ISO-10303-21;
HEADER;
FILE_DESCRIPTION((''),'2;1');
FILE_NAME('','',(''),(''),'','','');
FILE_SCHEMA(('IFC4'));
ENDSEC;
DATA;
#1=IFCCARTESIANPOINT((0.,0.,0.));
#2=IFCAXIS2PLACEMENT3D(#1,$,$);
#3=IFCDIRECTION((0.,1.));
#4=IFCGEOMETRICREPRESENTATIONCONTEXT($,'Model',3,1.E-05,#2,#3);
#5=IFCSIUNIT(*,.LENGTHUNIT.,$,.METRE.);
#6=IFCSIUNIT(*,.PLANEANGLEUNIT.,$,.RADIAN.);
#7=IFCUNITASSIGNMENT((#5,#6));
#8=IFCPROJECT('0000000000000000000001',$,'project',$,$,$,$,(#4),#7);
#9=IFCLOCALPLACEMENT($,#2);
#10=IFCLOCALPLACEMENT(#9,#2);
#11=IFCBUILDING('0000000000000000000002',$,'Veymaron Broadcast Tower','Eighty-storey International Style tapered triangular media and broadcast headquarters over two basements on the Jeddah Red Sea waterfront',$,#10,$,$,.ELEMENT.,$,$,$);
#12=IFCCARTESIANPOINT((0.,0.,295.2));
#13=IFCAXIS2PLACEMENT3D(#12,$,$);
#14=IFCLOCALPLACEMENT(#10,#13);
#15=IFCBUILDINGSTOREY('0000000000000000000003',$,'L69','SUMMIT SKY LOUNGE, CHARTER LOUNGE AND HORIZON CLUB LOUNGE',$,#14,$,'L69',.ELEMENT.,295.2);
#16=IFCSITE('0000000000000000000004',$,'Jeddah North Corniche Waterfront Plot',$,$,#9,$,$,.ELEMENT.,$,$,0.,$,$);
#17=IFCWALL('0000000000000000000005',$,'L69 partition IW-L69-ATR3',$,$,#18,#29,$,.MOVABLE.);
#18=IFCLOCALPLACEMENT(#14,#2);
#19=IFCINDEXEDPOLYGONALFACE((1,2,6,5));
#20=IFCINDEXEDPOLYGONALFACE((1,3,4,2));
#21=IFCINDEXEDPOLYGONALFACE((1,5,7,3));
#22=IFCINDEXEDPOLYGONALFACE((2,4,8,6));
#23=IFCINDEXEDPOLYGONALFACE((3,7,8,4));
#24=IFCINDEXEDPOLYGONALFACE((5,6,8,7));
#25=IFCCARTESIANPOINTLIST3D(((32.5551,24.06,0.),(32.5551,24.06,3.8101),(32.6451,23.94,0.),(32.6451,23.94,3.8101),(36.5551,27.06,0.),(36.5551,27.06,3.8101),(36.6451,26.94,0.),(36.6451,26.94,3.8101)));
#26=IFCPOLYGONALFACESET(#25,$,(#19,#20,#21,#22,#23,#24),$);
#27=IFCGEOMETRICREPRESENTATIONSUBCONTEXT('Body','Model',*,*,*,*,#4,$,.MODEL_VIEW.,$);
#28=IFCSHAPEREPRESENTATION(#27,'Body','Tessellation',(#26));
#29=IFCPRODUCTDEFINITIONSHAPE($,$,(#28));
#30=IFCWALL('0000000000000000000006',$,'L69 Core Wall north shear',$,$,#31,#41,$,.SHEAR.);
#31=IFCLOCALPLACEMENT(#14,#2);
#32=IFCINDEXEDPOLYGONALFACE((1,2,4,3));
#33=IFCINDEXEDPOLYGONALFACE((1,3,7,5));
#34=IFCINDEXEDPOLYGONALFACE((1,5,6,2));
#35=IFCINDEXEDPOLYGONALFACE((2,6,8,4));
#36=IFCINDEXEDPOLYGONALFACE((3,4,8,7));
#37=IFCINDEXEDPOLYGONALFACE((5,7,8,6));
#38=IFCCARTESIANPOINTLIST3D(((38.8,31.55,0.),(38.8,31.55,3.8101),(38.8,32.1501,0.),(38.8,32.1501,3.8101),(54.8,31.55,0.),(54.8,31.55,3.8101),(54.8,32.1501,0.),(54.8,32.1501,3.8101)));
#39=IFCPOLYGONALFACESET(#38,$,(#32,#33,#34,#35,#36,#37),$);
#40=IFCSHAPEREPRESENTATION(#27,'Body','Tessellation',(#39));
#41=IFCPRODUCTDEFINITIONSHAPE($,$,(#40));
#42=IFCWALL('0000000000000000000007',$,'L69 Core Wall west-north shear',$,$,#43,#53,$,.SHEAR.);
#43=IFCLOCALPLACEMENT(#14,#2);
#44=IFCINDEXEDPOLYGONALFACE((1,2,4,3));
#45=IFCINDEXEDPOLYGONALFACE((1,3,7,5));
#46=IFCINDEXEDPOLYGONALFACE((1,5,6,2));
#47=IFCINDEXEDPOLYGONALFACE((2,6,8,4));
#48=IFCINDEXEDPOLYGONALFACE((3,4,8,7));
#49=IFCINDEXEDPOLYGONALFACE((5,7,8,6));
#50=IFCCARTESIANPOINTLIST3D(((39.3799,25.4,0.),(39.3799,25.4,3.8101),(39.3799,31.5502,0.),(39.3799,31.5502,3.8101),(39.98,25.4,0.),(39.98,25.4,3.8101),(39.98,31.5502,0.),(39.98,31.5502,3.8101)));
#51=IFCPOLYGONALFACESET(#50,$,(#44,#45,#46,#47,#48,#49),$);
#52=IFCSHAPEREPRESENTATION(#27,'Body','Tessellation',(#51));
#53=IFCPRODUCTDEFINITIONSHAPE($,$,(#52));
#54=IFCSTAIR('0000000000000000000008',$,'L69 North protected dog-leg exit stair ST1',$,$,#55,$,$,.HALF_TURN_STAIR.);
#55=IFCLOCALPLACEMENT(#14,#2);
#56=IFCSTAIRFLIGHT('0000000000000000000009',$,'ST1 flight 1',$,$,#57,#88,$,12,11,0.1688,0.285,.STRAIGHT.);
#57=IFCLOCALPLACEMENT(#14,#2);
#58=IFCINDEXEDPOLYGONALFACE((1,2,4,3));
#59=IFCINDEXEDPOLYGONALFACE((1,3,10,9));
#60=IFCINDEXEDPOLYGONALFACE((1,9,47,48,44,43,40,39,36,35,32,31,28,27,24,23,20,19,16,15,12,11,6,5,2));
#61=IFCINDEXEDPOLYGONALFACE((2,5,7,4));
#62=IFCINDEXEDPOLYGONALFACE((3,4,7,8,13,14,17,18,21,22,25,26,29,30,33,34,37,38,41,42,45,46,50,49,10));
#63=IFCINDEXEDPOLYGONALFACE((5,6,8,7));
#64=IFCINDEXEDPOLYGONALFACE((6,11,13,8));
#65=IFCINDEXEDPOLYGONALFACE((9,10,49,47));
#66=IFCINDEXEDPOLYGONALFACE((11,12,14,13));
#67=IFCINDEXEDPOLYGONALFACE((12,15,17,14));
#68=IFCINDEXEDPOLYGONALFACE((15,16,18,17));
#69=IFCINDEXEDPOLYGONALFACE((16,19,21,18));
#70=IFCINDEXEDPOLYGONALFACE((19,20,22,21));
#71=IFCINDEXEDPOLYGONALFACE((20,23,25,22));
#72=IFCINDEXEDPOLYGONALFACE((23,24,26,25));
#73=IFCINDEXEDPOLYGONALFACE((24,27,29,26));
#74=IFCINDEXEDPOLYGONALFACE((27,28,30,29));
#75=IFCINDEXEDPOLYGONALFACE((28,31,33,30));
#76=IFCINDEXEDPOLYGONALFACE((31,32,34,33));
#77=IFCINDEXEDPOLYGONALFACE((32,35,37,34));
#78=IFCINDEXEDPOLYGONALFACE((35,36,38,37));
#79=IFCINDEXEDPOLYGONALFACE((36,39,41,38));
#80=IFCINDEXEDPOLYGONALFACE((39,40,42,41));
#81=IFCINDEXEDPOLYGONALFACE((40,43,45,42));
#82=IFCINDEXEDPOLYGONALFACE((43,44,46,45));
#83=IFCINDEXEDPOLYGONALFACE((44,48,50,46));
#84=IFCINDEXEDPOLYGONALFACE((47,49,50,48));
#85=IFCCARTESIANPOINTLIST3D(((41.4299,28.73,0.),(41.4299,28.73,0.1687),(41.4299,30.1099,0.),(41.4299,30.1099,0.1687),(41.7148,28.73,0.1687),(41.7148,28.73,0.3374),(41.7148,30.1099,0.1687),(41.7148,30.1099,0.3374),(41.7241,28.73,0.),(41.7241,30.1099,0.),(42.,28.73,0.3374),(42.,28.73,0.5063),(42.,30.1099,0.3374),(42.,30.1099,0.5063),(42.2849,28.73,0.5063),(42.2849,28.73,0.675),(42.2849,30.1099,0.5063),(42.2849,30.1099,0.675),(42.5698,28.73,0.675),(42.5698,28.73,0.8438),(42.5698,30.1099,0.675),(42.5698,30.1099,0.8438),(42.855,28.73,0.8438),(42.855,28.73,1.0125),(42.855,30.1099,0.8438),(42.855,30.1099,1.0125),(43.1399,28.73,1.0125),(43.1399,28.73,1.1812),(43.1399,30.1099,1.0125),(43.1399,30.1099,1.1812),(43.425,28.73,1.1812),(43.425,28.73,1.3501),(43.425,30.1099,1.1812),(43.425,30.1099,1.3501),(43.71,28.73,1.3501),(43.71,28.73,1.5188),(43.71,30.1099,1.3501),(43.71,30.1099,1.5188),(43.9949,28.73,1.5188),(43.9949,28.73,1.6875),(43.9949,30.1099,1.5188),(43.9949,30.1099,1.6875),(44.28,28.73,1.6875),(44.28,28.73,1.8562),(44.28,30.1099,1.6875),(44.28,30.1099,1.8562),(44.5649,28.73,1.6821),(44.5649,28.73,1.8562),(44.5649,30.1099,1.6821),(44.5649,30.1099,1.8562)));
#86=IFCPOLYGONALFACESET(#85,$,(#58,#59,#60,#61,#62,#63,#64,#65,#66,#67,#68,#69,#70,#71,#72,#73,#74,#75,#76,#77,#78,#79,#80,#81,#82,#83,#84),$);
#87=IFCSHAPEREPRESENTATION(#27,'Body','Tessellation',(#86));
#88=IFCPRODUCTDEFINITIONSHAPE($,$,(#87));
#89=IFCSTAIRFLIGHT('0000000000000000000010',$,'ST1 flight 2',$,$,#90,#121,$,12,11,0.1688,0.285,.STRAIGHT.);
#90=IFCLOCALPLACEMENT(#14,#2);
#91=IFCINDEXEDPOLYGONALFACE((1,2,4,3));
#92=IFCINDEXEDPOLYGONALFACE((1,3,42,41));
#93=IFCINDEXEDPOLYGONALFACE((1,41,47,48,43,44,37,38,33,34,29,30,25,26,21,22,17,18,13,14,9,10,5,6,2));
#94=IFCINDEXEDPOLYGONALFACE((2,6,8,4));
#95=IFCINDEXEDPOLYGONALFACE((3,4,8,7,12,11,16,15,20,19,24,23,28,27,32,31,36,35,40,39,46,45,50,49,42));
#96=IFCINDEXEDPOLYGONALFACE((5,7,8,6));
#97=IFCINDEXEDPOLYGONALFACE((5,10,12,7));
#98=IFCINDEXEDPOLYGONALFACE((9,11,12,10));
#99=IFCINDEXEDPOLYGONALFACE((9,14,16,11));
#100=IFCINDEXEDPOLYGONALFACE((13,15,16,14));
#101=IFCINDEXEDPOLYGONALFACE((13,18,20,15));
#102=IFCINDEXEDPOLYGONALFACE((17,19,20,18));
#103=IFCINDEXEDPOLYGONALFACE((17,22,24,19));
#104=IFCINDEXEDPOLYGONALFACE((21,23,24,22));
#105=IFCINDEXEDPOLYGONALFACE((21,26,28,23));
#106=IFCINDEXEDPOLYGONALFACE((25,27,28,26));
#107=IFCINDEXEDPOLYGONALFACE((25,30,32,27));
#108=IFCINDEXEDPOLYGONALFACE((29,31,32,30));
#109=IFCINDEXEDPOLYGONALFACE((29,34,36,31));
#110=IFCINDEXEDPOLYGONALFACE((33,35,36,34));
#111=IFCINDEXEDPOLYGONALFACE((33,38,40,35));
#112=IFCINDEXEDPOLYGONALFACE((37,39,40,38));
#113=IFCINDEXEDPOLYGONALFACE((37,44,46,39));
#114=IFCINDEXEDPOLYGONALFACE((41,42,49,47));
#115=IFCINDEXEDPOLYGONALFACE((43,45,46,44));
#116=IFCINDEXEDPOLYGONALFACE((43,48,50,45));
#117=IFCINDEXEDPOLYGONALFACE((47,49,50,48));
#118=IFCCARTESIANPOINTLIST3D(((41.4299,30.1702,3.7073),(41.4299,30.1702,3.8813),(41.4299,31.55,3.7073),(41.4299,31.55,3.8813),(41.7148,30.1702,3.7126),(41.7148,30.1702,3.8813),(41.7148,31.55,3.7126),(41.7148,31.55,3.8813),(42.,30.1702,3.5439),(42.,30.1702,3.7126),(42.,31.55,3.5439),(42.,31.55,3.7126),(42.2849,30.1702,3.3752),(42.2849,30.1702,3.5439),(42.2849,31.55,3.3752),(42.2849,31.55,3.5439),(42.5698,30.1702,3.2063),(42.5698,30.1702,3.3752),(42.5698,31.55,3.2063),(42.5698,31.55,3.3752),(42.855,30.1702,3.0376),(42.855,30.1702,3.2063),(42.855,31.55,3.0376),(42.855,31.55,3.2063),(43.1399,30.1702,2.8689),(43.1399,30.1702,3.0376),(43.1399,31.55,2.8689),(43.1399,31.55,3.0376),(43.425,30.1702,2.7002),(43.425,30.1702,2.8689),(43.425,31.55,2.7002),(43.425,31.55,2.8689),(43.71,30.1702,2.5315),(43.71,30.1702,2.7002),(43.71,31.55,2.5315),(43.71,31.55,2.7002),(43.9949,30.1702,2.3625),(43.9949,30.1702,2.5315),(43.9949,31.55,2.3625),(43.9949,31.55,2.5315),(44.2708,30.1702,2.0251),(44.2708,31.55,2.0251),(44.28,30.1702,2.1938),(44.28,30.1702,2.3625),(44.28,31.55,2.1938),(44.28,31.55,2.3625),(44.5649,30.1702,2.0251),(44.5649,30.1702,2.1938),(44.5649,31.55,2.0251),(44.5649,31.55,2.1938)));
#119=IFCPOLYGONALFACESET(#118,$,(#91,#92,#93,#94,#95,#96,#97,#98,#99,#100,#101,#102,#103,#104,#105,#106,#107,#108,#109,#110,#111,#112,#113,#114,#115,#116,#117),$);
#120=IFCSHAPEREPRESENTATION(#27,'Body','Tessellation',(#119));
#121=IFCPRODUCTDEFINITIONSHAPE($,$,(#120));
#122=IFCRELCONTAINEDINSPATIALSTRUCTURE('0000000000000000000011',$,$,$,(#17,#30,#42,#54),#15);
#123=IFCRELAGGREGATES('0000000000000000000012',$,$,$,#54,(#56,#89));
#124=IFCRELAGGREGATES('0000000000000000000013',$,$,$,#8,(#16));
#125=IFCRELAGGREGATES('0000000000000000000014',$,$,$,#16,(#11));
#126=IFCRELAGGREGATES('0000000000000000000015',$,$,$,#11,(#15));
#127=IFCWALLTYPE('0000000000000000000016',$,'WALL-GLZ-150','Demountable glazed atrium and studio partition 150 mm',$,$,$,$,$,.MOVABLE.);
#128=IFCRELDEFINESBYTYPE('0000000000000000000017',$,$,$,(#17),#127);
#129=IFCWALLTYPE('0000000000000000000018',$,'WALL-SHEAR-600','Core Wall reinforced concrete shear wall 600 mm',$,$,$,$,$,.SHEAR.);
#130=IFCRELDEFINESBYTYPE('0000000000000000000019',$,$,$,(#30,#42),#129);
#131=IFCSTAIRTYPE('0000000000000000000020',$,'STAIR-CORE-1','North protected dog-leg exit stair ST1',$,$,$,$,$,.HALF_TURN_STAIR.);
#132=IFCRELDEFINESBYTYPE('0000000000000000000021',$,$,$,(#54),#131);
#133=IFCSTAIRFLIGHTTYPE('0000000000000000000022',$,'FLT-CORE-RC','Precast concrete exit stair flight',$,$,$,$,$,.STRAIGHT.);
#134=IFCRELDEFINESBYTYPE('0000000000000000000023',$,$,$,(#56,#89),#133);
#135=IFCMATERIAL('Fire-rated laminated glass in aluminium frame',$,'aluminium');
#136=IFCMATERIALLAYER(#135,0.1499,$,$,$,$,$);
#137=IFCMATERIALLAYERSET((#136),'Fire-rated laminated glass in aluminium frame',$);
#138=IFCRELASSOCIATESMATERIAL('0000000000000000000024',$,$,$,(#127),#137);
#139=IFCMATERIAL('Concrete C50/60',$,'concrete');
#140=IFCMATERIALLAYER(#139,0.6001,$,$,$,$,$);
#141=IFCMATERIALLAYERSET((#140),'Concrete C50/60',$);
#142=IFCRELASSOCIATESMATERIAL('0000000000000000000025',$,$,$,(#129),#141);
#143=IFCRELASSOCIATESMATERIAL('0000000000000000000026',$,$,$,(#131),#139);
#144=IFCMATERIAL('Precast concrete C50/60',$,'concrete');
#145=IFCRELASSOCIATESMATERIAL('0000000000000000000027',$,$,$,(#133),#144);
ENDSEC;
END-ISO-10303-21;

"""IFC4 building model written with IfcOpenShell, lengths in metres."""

from ifc_helpers import new_model, si_unit, direction, frame, frame_2d, origin, place, context, subcontext, project, spatial, polyline, rectangle, outline, extrude, material, layer, layer_set, type_object, element, aggregate, save


model = new_model("IFC4")

# Units and contexts
model_context = context("Model", 3, precision=1e-05, world=origin(), true_north=direction((0.0, 1.0)))
body_context = subcontext(model_context, "Body", "Model", "MODEL_VIEW")
ifc_project = project(units=[si_unit("LENGTHUNIT", "METRE"), si_unit("PLANEANGLEUNIT", "RADIAN")], contexts=[model_context])

# Site, building, storey
site_placement = place(None, origin())
site = spatial("IfcSite", under=ifc_project, at=site_placement, Name="Jeddah North Corniche Waterfront Plot", CompositionType="ELEMENT", RefElevation=0.0)
building_placement = place(site_placement, origin())
building = spatial("IfcBuilding", under=site, at=building_placement, Name="Veymaron Broadcast Tower", Description="Eighty-storey International Style tapered triangular media and broadcast headquarters over two basements on the Jeddah Red Sea waterfront", CompositionType="ELEMENT")
storey_placement = place(building_placement, frame((0.0, 0.0, 295.2)))
storey = spatial("IfcBuildingStorey", under=building, at=storey_placement, Name="L69", Description="SUMMIT SKY LOUNGE, CHARTER LOUNGE AND HORIZON CLUB LOUNGE", LongName="L69", CompositionType="ELEMENT", Elevation=295.2)

# Wall
ifc_material_1 = material(Name="Fire-rated laminated glass in aluminium frame", Category="aluminium")
ifc_layer_1 = layer(ifc_material_1, 0.1499)
ifc_layer_set_1 = layer_set([ifc_layer_1], Name="Fire-rated laminated glass in aluminium frame")
wall_type_1 = type_object("IfcWallType", Name="WALL-GLZ-150", Description="Demountable glazed atrium and studio partition 150 mm", PredefinedType="MOVABLE", material=ifc_layer_set_1)
wall_1_placement = place(storey_placement, frame((36.6001, 27.0, 0.0), z_axis=(0.0, 0.0, 1.0), x_axis=(-0.8, -0.6, 0.0)))
element("IfcWall", 1, at=wall_1_placement, inside=storey, type_object=wall_type_1, Name="L69 partition IW-L69-ATR3", PredefinedType="MOVABLE", context=body_context, shape_type="SweptSolid", body=[
    extrude(rectangle(XDim=5.0, YDim=0.1499, at=frame_2d((2.5, 0.0))), origin(), (0.0, 0.0, 1.0), 3.8101),
])

# Shared definitions
ifc_material_2 = material(Name="Concrete C50/60", Category="concrete")

# Walls
ifc_layer_2 = layer(ifc_material_2, 0.6001)
ifc_layer_set_2 = layer_set([ifc_layer_2], Name="Concrete C50/60")
wall_type_2 = type_object("IfcWallType", Name="WALL-SHEAR-600", Description="Core Wall reinforced concrete shear wall 600 mm", PredefinedType="SHEAR", material=ifc_layer_set_2)
wall_2_placement = place(storey_placement, frame((38.8, 31.8501, 0.0), z_axis=(0.0, 0.0, 1.0), x_axis=(1.0, 0.0, 0.0)))
element("IfcWall", 2, at=wall_2_placement, inside=storey, type_object=wall_type_2, Name="L69 Core Wall north shear", PredefinedType="SHEAR", context=body_context, shape_type="SweptSolid", body=[
    extrude(rectangle(XDim=16.0, YDim=0.6001, at=frame_2d((8.0, 0.0))), origin(), (0.0, 0.0, 1.0), 3.8101),
])
wall_3_placement = place(storey_placement, frame((39.6799, 25.3999, 0.0), z_axis=(0.0, 0.0, 1.0), x_axis=(0.0, 1.0, 0.0)))
element("IfcWall", 3, at=wall_3_placement, inside=storey, type_object=wall_type_2, Name="L69 Core Wall west-north shear", PredefinedType="SHEAR", context=body_context, shape_type="SweptSolid", body=[
    extrude(rectangle(XDim=6.1501, YDim=0.6001, at=frame_2d((3.0752, 0.0))), origin(), (0.0, 0.0, 1.0), 3.8101),
])

# Stair, stair flights
stair_type = type_object("IfcStairType", Name="STAIR-CORE-1", Description="North protected dog-leg exit stair ST1", PredefinedType="HALF_TURN_STAIR", material=ifc_material_2)
stair_placement = place(storey_placement, origin())
stair = element("IfcStair", 4, at=stair_placement, inside=storey, type_object=stair_type, Name="L69 North protected dog-leg exit stair ST1", PredefinedType="HALF_TURN_STAIR")
ifc_material_3 = material(Name="Precast concrete C50/60", Category="concrete")
stair_flight_type = type_object("IfcStairFlightType", Name="FLT-CORE-RC", Description="Precast concrete exit stair flight", PredefinedType="STRAIGHT", material=ifc_material_3)
stair_flight_1_placement = place(storey_placement, frame((41.4299, 29.4199, 0.0), z_axis=(0.0, 0.0, 1.0), x_axis=(1.0, 0.0, 0.0)))
stair_flight_1 = element("IfcStairFlight", 5, at=stair_flight_1_placement, type_object=stair_flight_type, Name="ST1 flight 1", NumberOfRisers=12, NumberOfTreads=11, PredefinedType="STRAIGHT", RiserHeight=0.1688, TreadLength=0.285, context=body_context, shape_type="SweptSolid", body=[
    extrude(outline(polyline([(0.0, 0.0), (0.0, 0.1687), (0.2849, 0.1687), (0.2849, 0.3374), (0.5701, 0.3374), (0.5701, 0.5063), (0.855, 0.5063), (0.855, 0.675), (1.1399, 0.675), (1.1399, 0.8438), (1.425, 0.8438), (1.425, 1.0125), (1.71, 1.0125), (1.71, 1.1812), (1.9951, 1.1812), (1.9951, 1.3501), (2.28, 1.3501), (2.28, 1.5188), (2.5649, 1.5188), (2.5649, 1.6875), (2.8501, 1.6875), (2.8501, 1.8562), (3.135, 1.8562), (3.135, 2.0249), (3.135, 1.6821), (0.2942, 0.0), (0.0, 0.0)])), frame((0.0, 0.6899, 0.0), z_axis=(0.0, -1.0, 0.0), x_axis=(1.0, 0.0, 0.0)), (0.0, 0.0, 1.0), 1.3799),
])
stair_flight_2_placement = place(storey_placement, frame((44.5649, 30.8601, 2.0251), z_axis=(0.0, 0.0, 1.0), x_axis=(-1.0, 0.0, 0.0)))
stair_flight_2 = element("IfcStairFlight", 6, at=stair_flight_2_placement, type_object=stair_flight_type, Name="ST1 flight 2", NumberOfRisers=12, NumberOfTreads=11, PredefinedType="STRAIGHT", RiserHeight=0.1688, TreadLength=0.285, context=body_context, shape_type="SweptSolid", body=[
    extrude(outline(polyline([(0.0, 0.0), (0.0, 0.1687), (0.2849, 0.1687), (0.2849, 0.3374), (0.5701, 0.3374), (0.5701, 0.5063), (0.855, 0.5063), (0.855, 0.675), (1.1399, 0.675), (1.1399, 0.8438), (1.425, 0.8438), (1.425, 1.0125), (1.71, 1.0125), (1.71, 1.1812), (1.9951, 1.1812), (1.9951, 1.3501), (2.28, 1.3501), (2.28, 1.5188), (2.5649, 1.5188), (2.5649, 1.6875), (2.8501, 1.6875), (2.8501, 1.8562), (3.135, 1.8562), (3.135, 2.0249), (3.135, 1.6821), (0.2942, 0.0), (0.0, 0.0)])), frame((0.0, 0.6899, 0.0), z_axis=(0.0, -1.0, 0.0), x_axis=(1.0, 0.0, 0.0)), (0.0, 0.0, 1.0), 1.3799),
])
aggregate(stair, [stair_flight_1, stair_flight_2])

save(model, "model.ifc")
